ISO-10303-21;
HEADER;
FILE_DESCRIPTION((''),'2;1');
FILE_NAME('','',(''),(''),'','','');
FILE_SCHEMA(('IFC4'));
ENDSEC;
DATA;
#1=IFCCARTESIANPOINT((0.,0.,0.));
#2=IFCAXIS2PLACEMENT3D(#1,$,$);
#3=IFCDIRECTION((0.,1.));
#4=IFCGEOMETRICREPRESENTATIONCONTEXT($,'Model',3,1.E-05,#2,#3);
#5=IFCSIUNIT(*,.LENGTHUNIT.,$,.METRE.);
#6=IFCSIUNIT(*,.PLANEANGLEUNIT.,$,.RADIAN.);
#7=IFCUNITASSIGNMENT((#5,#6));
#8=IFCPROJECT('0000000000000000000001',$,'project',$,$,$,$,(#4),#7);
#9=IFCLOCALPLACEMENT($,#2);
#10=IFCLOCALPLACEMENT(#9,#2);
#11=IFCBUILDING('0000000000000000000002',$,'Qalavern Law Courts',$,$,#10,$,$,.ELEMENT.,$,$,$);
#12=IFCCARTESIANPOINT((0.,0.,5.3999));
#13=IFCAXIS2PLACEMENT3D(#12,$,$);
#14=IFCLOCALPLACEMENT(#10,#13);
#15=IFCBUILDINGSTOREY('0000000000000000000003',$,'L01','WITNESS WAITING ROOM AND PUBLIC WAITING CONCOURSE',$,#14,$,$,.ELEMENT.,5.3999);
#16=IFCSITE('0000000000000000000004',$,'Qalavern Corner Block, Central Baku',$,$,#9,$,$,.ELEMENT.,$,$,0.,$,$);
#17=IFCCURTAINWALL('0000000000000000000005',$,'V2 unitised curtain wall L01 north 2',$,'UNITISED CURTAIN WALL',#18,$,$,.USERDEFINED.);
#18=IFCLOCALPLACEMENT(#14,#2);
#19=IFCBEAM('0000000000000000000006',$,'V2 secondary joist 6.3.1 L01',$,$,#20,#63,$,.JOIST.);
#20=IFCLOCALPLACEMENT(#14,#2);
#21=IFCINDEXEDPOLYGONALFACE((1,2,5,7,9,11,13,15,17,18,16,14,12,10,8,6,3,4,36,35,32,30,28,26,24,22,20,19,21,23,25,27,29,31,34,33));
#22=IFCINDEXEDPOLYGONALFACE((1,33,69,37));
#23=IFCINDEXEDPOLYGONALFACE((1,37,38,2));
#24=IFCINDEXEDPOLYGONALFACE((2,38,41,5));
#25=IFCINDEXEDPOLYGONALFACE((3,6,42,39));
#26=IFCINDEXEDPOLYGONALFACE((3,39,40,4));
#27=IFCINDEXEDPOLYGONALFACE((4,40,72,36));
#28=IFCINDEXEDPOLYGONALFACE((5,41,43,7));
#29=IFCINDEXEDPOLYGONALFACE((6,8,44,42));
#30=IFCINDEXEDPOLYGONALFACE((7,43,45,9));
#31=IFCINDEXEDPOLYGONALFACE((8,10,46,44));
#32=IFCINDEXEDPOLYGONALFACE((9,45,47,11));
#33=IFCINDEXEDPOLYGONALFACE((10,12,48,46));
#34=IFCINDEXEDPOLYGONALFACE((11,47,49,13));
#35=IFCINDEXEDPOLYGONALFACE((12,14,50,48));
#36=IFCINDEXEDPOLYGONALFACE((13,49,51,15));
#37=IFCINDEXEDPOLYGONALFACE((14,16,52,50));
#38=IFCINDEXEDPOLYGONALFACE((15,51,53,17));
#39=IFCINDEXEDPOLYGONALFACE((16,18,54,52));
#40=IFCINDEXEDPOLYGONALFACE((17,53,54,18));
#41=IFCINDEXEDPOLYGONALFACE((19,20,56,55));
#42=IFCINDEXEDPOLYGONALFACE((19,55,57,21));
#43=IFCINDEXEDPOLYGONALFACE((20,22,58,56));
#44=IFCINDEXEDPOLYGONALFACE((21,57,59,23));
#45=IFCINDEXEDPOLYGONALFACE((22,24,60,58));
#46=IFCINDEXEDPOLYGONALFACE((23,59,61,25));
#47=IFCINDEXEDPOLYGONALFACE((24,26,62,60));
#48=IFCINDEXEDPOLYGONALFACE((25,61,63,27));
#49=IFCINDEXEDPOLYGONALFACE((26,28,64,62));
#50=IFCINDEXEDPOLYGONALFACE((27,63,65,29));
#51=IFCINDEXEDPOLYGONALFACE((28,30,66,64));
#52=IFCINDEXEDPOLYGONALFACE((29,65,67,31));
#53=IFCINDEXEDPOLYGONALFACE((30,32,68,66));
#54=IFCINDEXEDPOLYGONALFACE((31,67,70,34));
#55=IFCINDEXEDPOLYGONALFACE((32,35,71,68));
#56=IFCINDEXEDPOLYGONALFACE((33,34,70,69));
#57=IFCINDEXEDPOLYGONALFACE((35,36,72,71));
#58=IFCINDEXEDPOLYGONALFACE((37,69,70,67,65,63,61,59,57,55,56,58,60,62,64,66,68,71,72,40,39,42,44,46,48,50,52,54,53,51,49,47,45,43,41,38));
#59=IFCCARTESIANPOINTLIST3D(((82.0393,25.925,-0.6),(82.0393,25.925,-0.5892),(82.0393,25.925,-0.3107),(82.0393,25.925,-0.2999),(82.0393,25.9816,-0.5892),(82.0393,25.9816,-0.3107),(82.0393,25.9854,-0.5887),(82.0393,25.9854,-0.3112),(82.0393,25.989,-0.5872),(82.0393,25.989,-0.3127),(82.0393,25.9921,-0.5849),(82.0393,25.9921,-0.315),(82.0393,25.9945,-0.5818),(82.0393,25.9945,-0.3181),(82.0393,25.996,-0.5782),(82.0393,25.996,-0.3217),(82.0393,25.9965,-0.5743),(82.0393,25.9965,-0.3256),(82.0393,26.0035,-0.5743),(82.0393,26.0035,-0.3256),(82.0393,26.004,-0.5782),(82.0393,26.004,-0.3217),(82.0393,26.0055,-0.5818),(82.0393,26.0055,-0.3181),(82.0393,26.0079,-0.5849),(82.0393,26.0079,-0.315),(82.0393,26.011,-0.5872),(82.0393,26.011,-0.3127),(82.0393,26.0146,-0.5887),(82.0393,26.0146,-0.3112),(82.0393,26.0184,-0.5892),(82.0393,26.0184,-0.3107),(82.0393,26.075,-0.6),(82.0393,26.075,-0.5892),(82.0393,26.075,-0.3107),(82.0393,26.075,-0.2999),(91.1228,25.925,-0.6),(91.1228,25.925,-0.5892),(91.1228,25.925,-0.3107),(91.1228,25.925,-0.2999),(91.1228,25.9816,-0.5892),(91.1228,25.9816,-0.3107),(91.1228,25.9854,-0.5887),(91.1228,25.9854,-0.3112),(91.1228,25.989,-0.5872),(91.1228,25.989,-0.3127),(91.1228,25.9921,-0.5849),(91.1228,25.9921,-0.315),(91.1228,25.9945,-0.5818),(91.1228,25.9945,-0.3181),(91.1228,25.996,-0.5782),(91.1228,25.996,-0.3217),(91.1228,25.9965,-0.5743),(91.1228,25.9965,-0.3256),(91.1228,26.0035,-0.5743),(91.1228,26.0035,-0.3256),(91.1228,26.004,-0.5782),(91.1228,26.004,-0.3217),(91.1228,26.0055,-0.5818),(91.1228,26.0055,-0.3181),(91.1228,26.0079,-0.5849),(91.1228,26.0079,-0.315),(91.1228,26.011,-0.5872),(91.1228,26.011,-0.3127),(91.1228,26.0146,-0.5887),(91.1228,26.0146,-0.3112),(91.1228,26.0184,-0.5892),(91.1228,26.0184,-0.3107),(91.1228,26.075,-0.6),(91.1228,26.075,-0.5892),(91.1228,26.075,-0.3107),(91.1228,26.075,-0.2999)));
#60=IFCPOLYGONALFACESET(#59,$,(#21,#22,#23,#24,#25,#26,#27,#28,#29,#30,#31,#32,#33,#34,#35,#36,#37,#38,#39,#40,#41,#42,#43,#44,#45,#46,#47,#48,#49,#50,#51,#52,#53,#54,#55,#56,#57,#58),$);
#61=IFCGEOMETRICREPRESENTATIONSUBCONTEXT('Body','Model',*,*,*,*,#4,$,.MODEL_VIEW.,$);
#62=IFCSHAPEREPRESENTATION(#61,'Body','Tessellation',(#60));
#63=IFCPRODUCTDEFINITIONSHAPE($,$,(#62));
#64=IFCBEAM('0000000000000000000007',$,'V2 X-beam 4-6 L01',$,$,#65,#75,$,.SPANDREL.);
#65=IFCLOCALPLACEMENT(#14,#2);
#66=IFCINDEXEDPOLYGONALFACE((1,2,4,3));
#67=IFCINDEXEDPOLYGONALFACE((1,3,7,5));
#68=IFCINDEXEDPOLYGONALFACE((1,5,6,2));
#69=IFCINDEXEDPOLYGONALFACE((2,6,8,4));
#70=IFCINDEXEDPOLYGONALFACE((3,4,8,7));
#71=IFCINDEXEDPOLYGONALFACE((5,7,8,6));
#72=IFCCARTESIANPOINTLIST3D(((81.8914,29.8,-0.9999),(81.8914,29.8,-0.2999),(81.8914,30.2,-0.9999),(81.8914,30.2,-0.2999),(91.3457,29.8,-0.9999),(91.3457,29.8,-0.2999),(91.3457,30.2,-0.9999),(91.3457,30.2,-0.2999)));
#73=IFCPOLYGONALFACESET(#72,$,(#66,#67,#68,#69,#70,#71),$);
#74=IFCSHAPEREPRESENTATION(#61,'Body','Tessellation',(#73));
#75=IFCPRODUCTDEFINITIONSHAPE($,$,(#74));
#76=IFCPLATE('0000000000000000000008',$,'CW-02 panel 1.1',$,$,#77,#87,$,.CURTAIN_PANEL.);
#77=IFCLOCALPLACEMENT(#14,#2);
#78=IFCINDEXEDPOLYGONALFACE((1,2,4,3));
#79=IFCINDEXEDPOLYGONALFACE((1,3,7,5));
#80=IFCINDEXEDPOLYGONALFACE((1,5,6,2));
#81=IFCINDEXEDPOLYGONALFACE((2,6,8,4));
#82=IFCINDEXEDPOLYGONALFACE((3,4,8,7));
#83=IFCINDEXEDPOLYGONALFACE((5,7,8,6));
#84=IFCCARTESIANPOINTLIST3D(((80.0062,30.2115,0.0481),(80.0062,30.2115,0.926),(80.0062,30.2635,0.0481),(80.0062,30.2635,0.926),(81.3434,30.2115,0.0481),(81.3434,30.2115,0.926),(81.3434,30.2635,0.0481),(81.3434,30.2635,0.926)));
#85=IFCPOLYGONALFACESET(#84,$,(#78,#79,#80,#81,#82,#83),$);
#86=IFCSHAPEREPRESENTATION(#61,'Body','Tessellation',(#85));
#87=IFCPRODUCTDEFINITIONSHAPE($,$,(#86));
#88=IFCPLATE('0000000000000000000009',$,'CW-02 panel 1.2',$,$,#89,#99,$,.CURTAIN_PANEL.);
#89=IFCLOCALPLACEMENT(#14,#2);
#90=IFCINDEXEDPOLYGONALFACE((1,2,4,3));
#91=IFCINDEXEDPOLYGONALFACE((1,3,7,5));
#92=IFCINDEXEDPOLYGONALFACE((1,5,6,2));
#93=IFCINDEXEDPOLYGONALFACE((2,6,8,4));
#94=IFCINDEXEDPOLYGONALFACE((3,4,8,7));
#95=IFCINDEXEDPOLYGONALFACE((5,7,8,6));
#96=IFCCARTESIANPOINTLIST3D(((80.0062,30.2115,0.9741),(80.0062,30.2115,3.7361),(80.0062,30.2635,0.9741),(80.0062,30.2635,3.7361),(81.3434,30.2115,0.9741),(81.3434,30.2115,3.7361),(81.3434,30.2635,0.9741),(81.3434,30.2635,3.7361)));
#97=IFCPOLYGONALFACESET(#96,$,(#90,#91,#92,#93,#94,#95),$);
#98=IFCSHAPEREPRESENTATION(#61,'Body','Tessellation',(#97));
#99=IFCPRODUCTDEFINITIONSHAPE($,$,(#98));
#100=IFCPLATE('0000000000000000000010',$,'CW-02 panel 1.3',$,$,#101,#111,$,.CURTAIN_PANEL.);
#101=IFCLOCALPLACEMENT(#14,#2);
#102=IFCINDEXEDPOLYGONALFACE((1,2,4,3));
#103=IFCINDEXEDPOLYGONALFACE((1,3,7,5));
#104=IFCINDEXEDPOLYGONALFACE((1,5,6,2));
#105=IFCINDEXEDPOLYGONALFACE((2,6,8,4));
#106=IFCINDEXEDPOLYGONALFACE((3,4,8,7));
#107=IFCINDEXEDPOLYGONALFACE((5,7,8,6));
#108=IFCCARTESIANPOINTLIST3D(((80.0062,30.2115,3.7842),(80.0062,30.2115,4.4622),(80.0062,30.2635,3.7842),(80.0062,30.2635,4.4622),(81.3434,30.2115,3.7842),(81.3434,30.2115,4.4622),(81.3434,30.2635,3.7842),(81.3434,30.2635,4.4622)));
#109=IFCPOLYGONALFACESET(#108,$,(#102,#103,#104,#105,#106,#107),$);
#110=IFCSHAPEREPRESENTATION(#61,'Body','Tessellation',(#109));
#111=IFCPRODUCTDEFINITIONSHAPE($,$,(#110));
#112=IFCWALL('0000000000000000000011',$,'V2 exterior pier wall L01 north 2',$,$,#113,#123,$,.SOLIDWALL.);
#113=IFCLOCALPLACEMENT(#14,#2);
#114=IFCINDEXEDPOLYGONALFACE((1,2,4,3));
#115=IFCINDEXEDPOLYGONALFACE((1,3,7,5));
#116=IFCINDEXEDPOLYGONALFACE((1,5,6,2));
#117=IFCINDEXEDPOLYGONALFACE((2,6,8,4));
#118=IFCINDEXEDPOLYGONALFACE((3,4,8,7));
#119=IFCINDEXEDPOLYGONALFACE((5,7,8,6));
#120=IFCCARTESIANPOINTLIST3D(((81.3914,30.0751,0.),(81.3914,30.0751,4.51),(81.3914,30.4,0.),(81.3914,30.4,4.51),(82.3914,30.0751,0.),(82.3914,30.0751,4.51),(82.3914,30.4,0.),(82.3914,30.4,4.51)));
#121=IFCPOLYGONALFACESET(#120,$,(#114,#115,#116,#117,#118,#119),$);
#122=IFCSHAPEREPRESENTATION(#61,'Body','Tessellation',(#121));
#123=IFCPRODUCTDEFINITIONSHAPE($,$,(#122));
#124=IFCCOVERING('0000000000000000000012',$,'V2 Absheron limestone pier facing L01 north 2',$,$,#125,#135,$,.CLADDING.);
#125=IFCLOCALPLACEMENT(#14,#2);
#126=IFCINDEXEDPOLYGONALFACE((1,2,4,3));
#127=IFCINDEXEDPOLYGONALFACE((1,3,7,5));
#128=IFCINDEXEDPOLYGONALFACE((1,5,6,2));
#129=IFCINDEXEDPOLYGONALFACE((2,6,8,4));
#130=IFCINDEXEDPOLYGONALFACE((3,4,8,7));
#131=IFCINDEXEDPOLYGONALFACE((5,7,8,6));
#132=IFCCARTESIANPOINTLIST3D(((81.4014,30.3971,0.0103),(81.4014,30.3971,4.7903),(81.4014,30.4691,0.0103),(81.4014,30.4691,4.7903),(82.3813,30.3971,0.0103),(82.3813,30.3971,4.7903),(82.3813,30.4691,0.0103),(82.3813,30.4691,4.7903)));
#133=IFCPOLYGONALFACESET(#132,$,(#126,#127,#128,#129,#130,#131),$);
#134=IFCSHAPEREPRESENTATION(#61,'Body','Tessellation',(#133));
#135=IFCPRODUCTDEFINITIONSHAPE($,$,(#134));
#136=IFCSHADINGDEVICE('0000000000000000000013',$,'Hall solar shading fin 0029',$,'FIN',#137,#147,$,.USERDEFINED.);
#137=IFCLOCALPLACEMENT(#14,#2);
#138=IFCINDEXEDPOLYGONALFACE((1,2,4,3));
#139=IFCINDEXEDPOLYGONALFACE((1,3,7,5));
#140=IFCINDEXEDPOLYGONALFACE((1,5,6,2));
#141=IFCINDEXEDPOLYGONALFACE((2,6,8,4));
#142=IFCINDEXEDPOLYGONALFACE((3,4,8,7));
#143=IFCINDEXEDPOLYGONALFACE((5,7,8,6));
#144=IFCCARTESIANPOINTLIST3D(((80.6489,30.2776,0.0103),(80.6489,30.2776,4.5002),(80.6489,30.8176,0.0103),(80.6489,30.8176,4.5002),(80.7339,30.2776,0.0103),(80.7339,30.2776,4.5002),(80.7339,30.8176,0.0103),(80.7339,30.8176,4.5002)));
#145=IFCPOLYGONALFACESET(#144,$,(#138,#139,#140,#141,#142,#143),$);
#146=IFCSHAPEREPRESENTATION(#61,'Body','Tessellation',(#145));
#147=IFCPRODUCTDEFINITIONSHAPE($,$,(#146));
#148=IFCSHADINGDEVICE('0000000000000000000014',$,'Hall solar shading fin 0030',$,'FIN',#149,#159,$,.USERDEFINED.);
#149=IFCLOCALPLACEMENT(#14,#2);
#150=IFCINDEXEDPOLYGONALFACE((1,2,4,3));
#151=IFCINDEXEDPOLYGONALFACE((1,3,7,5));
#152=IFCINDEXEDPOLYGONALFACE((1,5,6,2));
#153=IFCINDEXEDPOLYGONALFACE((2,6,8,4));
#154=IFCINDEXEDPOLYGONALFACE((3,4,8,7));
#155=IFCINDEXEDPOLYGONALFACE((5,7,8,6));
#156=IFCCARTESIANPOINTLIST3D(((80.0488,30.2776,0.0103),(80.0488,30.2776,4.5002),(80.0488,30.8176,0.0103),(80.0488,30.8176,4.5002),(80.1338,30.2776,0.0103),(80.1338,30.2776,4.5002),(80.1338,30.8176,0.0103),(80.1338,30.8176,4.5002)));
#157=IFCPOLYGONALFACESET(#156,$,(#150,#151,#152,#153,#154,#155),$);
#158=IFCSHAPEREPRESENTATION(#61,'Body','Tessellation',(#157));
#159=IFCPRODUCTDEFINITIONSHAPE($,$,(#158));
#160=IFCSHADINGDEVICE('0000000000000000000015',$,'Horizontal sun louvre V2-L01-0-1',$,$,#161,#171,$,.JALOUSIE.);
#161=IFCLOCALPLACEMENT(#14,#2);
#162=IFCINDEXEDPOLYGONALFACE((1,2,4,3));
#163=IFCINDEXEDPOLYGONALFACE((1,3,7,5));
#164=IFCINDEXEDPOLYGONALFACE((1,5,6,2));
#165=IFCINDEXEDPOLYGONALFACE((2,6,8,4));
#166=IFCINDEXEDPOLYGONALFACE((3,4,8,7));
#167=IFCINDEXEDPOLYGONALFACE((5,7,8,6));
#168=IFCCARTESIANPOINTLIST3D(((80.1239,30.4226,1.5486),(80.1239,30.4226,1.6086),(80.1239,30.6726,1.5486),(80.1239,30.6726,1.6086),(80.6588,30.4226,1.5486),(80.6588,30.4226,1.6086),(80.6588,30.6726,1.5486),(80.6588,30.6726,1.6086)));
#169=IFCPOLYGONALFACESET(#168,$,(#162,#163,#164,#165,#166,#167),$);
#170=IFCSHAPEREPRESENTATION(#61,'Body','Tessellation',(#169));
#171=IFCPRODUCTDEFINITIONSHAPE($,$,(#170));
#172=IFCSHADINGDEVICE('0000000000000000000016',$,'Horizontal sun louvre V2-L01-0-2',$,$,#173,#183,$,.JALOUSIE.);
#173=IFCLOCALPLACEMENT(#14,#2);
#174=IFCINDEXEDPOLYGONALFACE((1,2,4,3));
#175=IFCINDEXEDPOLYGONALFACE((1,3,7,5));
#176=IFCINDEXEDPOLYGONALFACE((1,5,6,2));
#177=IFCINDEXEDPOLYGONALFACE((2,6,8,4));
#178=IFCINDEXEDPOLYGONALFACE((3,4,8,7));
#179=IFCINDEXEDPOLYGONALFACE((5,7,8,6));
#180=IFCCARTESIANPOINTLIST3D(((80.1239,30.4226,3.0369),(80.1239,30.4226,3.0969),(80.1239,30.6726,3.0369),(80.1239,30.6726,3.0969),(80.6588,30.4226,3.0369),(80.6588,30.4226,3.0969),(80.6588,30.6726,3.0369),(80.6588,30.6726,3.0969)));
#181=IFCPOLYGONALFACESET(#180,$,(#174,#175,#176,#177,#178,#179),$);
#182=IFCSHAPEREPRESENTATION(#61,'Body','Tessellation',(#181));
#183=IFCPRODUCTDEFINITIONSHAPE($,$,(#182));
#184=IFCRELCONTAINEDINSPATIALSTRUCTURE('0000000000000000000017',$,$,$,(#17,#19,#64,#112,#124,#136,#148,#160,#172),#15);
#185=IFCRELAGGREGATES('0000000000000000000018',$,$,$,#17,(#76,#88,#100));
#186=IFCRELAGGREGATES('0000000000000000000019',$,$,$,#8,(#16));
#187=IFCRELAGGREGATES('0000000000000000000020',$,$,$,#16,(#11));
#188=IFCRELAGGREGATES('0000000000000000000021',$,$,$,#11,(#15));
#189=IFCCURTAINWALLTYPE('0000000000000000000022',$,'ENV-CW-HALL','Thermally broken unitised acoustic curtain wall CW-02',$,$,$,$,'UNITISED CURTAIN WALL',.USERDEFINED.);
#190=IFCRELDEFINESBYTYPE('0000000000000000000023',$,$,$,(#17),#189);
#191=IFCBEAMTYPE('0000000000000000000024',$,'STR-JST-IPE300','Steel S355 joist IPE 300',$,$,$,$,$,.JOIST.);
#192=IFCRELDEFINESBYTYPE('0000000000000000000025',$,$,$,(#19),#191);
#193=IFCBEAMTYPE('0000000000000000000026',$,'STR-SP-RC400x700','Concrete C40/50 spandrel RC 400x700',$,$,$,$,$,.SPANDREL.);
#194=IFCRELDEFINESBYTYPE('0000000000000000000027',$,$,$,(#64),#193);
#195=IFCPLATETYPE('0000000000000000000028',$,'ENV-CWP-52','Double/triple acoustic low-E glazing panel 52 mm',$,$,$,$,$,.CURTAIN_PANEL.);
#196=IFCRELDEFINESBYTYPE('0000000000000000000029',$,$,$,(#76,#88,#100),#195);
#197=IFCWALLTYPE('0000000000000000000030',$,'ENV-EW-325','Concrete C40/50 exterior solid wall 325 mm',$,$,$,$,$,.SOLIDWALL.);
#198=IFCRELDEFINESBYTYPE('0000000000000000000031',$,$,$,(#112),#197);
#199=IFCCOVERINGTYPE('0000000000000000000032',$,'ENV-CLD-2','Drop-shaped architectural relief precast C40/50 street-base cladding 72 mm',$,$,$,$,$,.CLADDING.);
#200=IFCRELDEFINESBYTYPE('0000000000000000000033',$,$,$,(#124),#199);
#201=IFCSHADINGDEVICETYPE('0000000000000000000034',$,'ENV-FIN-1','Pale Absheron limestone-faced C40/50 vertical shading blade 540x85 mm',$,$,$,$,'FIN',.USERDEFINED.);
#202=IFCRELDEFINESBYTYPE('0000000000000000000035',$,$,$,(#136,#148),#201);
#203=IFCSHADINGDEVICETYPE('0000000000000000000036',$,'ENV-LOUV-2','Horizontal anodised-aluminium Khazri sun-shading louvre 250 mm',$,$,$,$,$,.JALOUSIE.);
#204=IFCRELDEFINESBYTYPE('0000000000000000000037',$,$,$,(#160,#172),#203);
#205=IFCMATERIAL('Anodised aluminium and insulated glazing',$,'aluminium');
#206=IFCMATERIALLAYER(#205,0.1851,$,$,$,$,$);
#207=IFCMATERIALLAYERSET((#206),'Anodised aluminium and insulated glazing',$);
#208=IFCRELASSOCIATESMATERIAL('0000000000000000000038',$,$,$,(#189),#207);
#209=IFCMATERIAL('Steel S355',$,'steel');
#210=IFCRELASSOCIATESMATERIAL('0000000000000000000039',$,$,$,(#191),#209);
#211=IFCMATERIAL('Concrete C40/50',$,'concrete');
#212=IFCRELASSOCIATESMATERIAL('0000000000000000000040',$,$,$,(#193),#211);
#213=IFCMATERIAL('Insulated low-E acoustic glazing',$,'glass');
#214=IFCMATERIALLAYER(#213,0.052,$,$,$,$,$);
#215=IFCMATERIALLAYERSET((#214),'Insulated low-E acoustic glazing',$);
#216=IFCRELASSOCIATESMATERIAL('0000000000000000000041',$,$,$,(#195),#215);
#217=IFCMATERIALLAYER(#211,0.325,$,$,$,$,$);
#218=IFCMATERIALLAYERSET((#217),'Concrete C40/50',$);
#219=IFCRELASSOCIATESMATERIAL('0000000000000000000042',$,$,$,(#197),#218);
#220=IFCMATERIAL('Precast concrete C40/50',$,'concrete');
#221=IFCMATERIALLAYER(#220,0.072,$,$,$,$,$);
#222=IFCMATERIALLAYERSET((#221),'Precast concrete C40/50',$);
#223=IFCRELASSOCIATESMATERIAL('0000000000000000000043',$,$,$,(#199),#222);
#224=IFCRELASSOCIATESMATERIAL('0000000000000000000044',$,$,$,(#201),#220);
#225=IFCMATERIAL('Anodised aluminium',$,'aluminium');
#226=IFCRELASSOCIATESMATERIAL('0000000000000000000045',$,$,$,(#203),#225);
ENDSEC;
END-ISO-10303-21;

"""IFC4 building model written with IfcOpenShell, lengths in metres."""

from ifc_helpers import new_model, si_unit, direction, frame, frame_2d, origin, origin_2d, place, context, subcontext, project, spatial, rectangle, i_section, extrude, material, layer, layer_set, material_profile, profile_set, type_object, element, aggregate, save


model = new_model("IFC4")

# Units and contexts
model_context = context("Model", 3, precision=1e-05, world=origin(), true_north=direction((0.0, 1.0)))
body_context = subcontext(model_context, "Body", "Model", "MODEL_VIEW")
ifc_project = project(units=[si_unit("LENGTHUNIT", "METRE"), si_unit("PLANEANGLEUNIT", "RADIAN")], contexts=[model_context])

# Site, building, storey
site_placement = place(None, origin())
site = spatial("IfcSite", under=ifc_project, at=site_placement, Name="Qalavern Corner Block, Central Baku", CompositionType="ELEMENT", RefElevation=0.0)
building_placement = place(site_placement, origin())
building = spatial("IfcBuilding", under=site, at=building_placement, Name="Qalavern Law Courts", CompositionType="ELEMENT")
storey_placement = place(building_placement, frame((0.0, 0.0, 5.3999)))
storey = spatial("IfcBuildingStorey", under=building, at=storey_placement, Name="L01", Description="WITNESS WAITING ROOM AND PUBLIC WAITING CONCOURSE", CompositionType="ELEMENT", Elevation=5.3999)

# Shared definitions
ifc_material_1 = material(Name="Anodised aluminium and insulated glazing", Category="aluminium")
ifc_layer_1 = layer(ifc_material_1, 0.1851)
ifc_layer_set_1 = layer_set([ifc_layer_1], Name="Anodised aluminium and insulated glazing")
curtain_wall_type = type_object("IfcCurtainWallType", Name="ENV-CW-HALL", Description="Thermally broken unitised acoustic curtain wall CW-02", ElementType="UNITISED CURTAIN WALL", PredefinedType="USERDEFINED", material=ifc_layer_set_1)
ifc_material_2 = material(Name="Anodised aluminium", Category="aluminium")

# Curtain wall
curtain_wall_1_placement = place(storey_placement, origin())
curtain_wall_1 = element("IfcCurtainWall", 1, at=curtain_wall_1_placement, inside=storey, type_object=curtain_wall_type, Name="V2 unitised curtain wall L01 north 2", ObjectType="UNITISED CURTAIN WALL", PredefinedType="USERDEFINED")

# Beams
ifc_material_3 = material(Name="Steel S355", Category="steel")
ifc_material_profile_1 = material_profile(ifc_material_3, i_section(OverallWidth=0.1499, OverallDepth=0.3, WebThickness=0.0071, FlangeThickness=0.0107, FilletRadius=0.0149, at=origin_2d()), Name="IPE 300")
ifc_profile_set_1 = profile_set([ifc_material_profile_1], Name="Steel S355")
beam_type_1 = type_object("IfcBeamType", Name="STR-JST-IPE300", Description="Steel S355 joist IPE 300", PredefinedType="JOIST", material=ifc_profile_set_1)
beam_1_placement = place(storey_placement, frame((82.0393, 26.0, -0.45), z_axis=(1.0, 0.0, 0.0), x_axis=(0.0, 1.0, 0.0)))
element("IfcBeam", 2, at=beam_1_placement, inside=storey, type_object=beam_type_1, Name="V2 secondary joist 6.3.1 L01", PredefinedType="JOIST", context=body_context, shape_type="SweptSolid", body=[
    extrude(i_section(OverallWidth=0.1499, OverallDepth=0.3, WebThickness=0.0071, FlangeThickness=0.0107, FilletRadius=0.0149, at=origin_2d()), origin(), (0.0, 0.0, 1.0), 9.0835),
])
ifc_material_4 = material(Name="Concrete C40/50", Category="concrete")
ifc_material_profile_2 = material_profile(ifc_material_4, rectangle(XDim=0.3999, YDim=0.7, at=origin_2d()), Name="RC 400x700")
ifc_profile_set_2 = profile_set([ifc_material_profile_2], Name="Concrete C40/50")
beam_type_2 = type_object("IfcBeamType", Name="STR-SP-RC400x700", Description="Concrete C40/50 spandrel RC 400x700", PredefinedType="SPANDREL", material=ifc_profile_set_2)
beam_2_placement = place(storey_placement, frame((81.8914, 30.0, -0.6499), z_axis=(1.0, 0.0, 0.0), x_axis=(0.0, 1.0, 0.0)))
element("IfcBeam", 3, at=beam_2_placement, inside=storey, type_object=beam_type_2, Name="V2 X-beam 4-6 L01", PredefinedType="SPANDREL", context=body_context, shape_type="SweptSolid", body=[
    extrude(rectangle(XDim=0.3999, YDim=0.7, at=origin_2d()), origin(), (0.0, 0.0, 1.0), 9.4543),
])

# Plates
ifc_material_5 = material(Name="Insulated low-E acoustic glazing", Category="glass")
ifc_layer_2 = layer(ifc_material_5, 0.052)
ifc_layer_set_2 = layer_set([ifc_layer_2], Name="Insulated low-E acoustic glazing")
plate_type = type_object("IfcPlateType", Name="ENV-CWP-52", Description="Double/triple acoustic low-E glazing panel 52 mm", PredefinedType="CURTAIN_PANEL", material=ifc_layer_set_2)
plate_1_placement = place(storey_placement, frame((80.6748, 30.2375, 0.0481), z_axis=(0.0, 0.0, 1.0), x_axis=(-1.0, 0.0, 0.0)))
plate_1 = element("IfcPlate", 4, at=plate_1_placement, type_object=plate_type, Name="CW-02 panel 1.1", PredefinedType="CURTAIN_PANEL", context=body_context, shape_type="SweptSolid", body=[
    extrude(rectangle(XDim=1.3372, YDim=0.052, at=origin_2d()), origin(), (0.0, 0.0, 1.0), 0.8779),
])
plate_2_placement = place(storey_placement, frame((80.6748, 30.2375, 0.9741), z_axis=(0.0, 0.0, 1.0), x_axis=(-1.0, 0.0, 0.0)))
plate_2 = element("IfcPlate", 5, at=plate_2_placement, type_object=plate_type, Name="CW-02 panel 1.2", PredefinedType="CURTAIN_PANEL", context=body_context, shape_type="SweptSolid", body=[
    extrude(rectangle(XDim=1.3372, YDim=0.052, at=origin_2d()), origin(), (0.0, 0.0, 1.0), 2.762),
])
plate_3_placement = place(storey_placement, frame((80.6748, 30.2375, 3.7842), z_axis=(0.0, 0.0, 1.0), x_axis=(-1.0, 0.0, 0.0)))
plate_3 = element("IfcPlate", 6, at=plate_3_placement, type_object=plate_type, Name="CW-02 panel 1.3", PredefinedType="CURTAIN_PANEL", context=body_context, shape_type="SweptSolid", body=[
    extrude(rectangle(XDim=1.3372, YDim=0.052, at=origin_2d()), origin(), (0.0, 0.0, 1.0), 0.678),
])
aggregate(curtain_wall_1, [plate_1, plate_2, plate_3])

# Wall
ifc_layer_3 = layer(ifc_material_4, 0.325)
ifc_layer_set_3 = layer_set([ifc_layer_3], Name="Concrete C40/50")
wall_type = type_object("IfcWallType", Name="ENV-EW-325", Description="Concrete C40/50 exterior solid wall 325 mm", PredefinedType="SOLIDWALL", material=ifc_layer_set_3)
wall_placement = place(storey_placement, frame((82.3914, 30.2375, 0.0), z_axis=(0.0, 0.0, 1.0), x_axis=(-1.0, 0.0, 0.0)))
element("IfcWall", 7, at=wall_placement, inside=storey, type_object=wall_type, Name="V2 exterior pier wall L01 north 2", PredefinedType="SOLIDWALL", context=body_context, shape_type="SweptSolid", body=[
    extrude(rectangle(XDim=1.0, YDim=0.325, at=frame_2d((0.5, 0.0))), origin(), (0.0, 0.0, 1.0), 4.51),
])

# Covering
ifc_material_6 = material(Name="Precast concrete C40/50", Category="concrete")
ifc_layer_4 = layer(ifc_material_6, 0.072)
ifc_layer_set_4 = layer_set([ifc_layer_4], Name="Precast concrete C40/50")
covering_type = type_object("IfcCoveringType", Name="ENV-CLD-2", Description="Drop-shaped architectural relief precast C40/50 street-base cladding 72 mm", PredefinedType="CLADDING", material=ifc_layer_set_4)
covering_placement = place(storey_placement, frame((81.8914, 30.4331, 0.0103), z_axis=(0.0, 0.0, 1.0), x_axis=(-1.0, 0.0, 0.0)))
element("IfcCovering", 8, at=covering_placement, inside=storey, type_object=covering_type, Name="V2 Absheron limestone pier facing L01 north 2", PredefinedType="CLADDING", context=body_context, shape_type="SweptSolid", body=[
    extrude(rectangle(XDim=0.98, YDim=0.072, at=origin_2d()), origin(), (0.0, 0.0, 1.0), 4.78),
])

# Shading devices
shading_device_type_1 = type_object("IfcShadingDeviceType", Name="ENV-FIN-1", Description="Pale Absheron limestone-faced C40/50 vertical shading blade 540x85 mm", ElementType="FIN", PredefinedType="USERDEFINED", material=ifc_material_6)
for number, where, z_axis, x_axis, name in (
    (9, (80.6914, 30.5476, 0.0103), (0.0, 0.0, 1.0), (0.0, 1.0, 0.0), "Hall solar shading fin 0029"),
    (10, (80.0913, 30.5476, 0.0103), (0.0, 0.0, 1.0), (0.0, 1.0, 0.0), "Hall solar shading fin 0030"),
):
    element("IfcShadingDevice", number, at=place(storey_placement, frame(where, z_axis=z_axis, x_axis=x_axis)), inside=storey, type_object=shading_device_type_1, Name=name, ObjectType="FIN", PredefinedType="USERDEFINED", context=body_context, shape_type="SweptSolid", body=[
        extrude(rectangle(XDim=0.54, YDim=0.085, at=origin_2d()), origin(), (0.0, 0.0, 1.0), 4.49),
    ])
shading_device_type_2 = type_object("IfcShadingDeviceType", Name="ENV-LOUV-2", Description="Horizontal anodised-aluminium Khazri sun-shading louvre 250 mm", PredefinedType="JALOUSIE", material=ifc_material_2)
for number, where, z_axis, x_axis, name in (
    (11, (80.3914, 30.5476, 1.5486), (0.0, 0.0, 1.0), (-1.0, 0.0, 0.0), "Horizontal sun louvre V2-L01-0-1"),
    (12, (80.3914, 30.5476, 3.0369), (0.0, 0.0, 1.0), (-1.0, 0.0, 0.0), "Horizontal sun louvre V2-L01-0-2"),
):
    element("IfcShadingDevice", number, at=place(storey_placement, frame(where, z_axis=z_axis, x_axis=x_axis)), inside=storey, type_object=shading_device_type_2, Name=name, PredefinedType="JALOUSIE", context=body_context, shape_type="SweptSolid", body=[
        extrude(rectangle(XDim=0.5349, YDim=0.25, at=origin_2d()), origin(), (0.0, 0.0, 1.0), 0.0601),
    ])

save(model, "model.ifc")
